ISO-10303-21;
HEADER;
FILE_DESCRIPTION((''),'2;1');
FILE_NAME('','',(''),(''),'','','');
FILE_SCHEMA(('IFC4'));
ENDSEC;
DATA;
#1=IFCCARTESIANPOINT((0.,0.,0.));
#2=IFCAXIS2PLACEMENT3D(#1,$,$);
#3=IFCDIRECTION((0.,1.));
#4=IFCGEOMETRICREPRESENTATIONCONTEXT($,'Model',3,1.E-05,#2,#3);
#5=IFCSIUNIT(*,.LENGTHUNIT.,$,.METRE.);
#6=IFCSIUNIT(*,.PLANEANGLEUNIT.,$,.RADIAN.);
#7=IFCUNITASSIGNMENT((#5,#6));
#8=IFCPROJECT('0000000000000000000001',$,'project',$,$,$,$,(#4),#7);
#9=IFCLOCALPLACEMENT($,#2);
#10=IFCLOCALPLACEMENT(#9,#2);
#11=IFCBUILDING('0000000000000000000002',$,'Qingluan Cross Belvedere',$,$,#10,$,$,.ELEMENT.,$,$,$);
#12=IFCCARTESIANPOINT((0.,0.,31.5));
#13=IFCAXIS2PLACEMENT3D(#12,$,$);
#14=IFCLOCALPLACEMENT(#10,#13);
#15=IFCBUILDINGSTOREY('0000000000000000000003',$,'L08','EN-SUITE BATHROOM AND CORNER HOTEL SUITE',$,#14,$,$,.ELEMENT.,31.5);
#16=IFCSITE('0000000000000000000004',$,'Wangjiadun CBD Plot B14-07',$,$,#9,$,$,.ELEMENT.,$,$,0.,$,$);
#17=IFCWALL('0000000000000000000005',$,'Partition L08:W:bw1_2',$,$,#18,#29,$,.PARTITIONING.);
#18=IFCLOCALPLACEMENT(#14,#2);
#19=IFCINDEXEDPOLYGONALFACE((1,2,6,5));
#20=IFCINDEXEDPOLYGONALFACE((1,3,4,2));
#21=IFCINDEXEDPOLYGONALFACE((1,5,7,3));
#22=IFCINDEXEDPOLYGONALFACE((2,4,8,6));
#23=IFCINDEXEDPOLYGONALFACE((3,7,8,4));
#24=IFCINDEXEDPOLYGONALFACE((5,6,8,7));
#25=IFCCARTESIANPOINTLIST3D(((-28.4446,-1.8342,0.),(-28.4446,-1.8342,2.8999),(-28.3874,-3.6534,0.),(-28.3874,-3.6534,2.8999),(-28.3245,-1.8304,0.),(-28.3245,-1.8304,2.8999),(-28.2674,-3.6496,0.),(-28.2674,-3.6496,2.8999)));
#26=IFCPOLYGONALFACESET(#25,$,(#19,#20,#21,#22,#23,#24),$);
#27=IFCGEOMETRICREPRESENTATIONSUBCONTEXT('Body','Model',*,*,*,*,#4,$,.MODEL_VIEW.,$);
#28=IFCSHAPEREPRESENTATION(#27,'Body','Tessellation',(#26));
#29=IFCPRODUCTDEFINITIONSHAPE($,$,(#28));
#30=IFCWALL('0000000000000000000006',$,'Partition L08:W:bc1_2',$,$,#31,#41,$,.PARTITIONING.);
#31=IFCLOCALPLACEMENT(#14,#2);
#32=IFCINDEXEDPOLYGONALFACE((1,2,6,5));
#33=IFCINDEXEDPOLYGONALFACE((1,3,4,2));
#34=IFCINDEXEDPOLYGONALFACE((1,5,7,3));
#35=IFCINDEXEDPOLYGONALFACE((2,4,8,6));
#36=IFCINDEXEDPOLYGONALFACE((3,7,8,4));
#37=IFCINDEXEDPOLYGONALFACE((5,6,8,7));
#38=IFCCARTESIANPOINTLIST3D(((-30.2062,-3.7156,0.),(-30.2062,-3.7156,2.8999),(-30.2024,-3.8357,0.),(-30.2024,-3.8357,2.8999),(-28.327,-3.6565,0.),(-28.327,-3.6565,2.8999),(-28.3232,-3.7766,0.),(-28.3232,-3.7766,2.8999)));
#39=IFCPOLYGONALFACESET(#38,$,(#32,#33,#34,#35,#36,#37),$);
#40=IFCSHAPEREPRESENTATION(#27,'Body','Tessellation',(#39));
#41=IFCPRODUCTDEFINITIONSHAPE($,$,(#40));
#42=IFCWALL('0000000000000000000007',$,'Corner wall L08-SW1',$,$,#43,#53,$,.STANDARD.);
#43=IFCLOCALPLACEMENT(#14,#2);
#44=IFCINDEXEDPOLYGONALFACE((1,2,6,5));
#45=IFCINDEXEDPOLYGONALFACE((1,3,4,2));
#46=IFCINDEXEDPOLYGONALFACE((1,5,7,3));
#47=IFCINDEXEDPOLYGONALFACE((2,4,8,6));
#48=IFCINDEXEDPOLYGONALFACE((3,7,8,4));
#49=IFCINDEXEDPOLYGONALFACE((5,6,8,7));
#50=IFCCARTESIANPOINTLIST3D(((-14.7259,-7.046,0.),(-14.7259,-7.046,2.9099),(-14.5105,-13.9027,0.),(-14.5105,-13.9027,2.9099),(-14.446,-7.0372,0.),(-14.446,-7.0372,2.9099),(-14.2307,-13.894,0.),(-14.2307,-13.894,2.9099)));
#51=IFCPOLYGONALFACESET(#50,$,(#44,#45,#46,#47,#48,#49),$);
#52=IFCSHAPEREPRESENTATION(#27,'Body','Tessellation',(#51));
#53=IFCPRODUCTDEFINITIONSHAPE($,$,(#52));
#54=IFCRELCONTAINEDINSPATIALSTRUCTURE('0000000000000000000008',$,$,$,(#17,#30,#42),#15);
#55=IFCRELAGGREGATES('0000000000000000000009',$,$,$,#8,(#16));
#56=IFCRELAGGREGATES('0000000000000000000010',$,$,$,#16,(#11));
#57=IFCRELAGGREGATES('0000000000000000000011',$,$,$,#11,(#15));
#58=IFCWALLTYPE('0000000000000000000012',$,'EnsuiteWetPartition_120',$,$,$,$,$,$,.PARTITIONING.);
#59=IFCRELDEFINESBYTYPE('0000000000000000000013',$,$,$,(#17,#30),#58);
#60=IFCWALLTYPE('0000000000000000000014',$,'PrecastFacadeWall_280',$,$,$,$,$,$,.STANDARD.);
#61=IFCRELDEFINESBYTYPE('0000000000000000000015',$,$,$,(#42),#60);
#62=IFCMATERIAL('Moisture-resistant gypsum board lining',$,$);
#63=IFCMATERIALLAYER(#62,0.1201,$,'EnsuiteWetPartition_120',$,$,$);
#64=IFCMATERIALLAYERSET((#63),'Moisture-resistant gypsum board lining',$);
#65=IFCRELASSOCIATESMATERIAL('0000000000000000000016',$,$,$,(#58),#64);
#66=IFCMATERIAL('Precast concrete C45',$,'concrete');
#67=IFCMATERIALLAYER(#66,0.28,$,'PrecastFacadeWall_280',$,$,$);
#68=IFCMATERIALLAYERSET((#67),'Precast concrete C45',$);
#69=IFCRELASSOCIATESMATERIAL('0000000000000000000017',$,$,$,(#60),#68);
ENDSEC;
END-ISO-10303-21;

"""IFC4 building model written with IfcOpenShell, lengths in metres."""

from ifc_helpers import new_model, si_unit, direction, frame, frame_2d, origin, place, context, subcontext, project, spatial, rectangle, extrude, material, layer, layer_set, type_object, element, save


model = new_model("IFC4")

# Units and contexts
model_context = context("Model", 3, precision=1e-05, world=origin(), true_north=direction((0.0, 1.0)))
body_context = subcontext(model_context, "Body", "Model", "MODEL_VIEW")
ifc_project = project(units=[si_unit("LENGTHUNIT", "METRE"), si_unit("PLANEANGLEUNIT", "RADIAN")], contexts=[model_context])

# Site, building, storey
site_placement = place(None, origin())
site = spatial("IfcSite", under=ifc_project, at=site_placement, Name="Wangjiadun CBD Plot B14-07", CompositionType="ELEMENT", RefElevation=0.0)
building_placement = place(site_placement, origin())
building = spatial("IfcBuilding", under=site, at=building_placement, Name="Qingluan Cross Belvedere", CompositionType="ELEMENT")
storey_placement = place(building_placement, frame((0.0, 0.0, 31.5)))
storey = spatial("IfcBuildingStorey", under=building, at=storey_placement, Name="L08", Description="EN-SUITE BATHROOM AND CORNER HOTEL SUITE", CompositionType="ELEMENT", Elevation=31.5)

# Shared definitions
ifc_material_1 = material(Name="Moisture-resistant gypsum board lining")
ifc_layer_1 = layer(ifc_material_1, 0.1201, Name="EnsuiteWetPartition_120")
ifc_layer_set_1 = layer_set([ifc_layer_1], Name="Moisture-resistant gypsum board lining")
wall_type_1 = type_object("IfcWallType", Name="EnsuiteWetPartition_120", PredefinedType="PARTITIONING", material=ifc_layer_set_1)

# Walls
wall_1_placement = place(storey_placement, frame((-28.3274, -3.6516, 0.0), z_axis=(0.0, 0.0, 1.0), x_axis=(-0.03139, 0.999507, 0.0)))
element("IfcWall", 1, at=wall_1_placement, inside=storey, type_object=wall_type_1, Name="Partition L08:W:bw1_2", PredefinedType="PARTITIONING", context=body_context, shape_type="SweptSolid", body=[
    extrude(rectangle(XDim=1.8201, YDim=0.1201, at=frame_2d((0.9102, 0.0))), origin(), (0.0, 0.0, 1.0), 2.8999),
])
wall_2_placement = place(storey_placement, frame((-28.3252, -3.7166, 0.0), z_axis=(0.0, 0.0, 1.0), x_axis=(-0.999506, -0.031425, 0.0)))
element("IfcWall", 2, at=wall_2_placement, inside=storey, type_object=wall_type_1, Name="Partition L08:W:bc1_2", PredefinedType="PARTITIONING", context=body_context, shape_type="SweptSolid", body=[
    extrude(rectangle(XDim=1.8801, YDim=0.1201, at=frame_2d((0.9399, 0.0))), origin(), (0.0, 0.0, 1.0), 2.8999),
])
ifc_material_2 = material(Name="Precast concrete C45", Category="concrete")
ifc_layer_2 = layer(ifc_material_2, 0.28, Name="PrecastFacadeWall_280")
ifc_layer_set_2 = layer_set([ifc_layer_2], Name="Precast concrete C45")
wall_type_2 = type_object("IfcWallType", Name="PrecastFacadeWall_280", PredefinedType="STANDARD", material=ifc_layer_set_2)
wall_3_placement = place(storey_placement, frame((-14.5859, -7.0415, 0.0), z_axis=(0.0, 0.0, 1.0), x_axis=(0.031389, -0.999507, 0.0)))
element("IfcWall", 3, at=wall_3_placement, inside=storey, type_object=wall_type_2, Name="Corner wall L08-SW1", PredefinedType="STANDARD", context=body_context, shape_type="SweptSolid", body=[
    extrude(rectangle(XDim=6.8601, YDim=0.28, at=frame_2d((3.4302, 0.0))), origin(), (0.0, 0.0, 1.0), 2.9099),
])

save(model, "model.ifc")
